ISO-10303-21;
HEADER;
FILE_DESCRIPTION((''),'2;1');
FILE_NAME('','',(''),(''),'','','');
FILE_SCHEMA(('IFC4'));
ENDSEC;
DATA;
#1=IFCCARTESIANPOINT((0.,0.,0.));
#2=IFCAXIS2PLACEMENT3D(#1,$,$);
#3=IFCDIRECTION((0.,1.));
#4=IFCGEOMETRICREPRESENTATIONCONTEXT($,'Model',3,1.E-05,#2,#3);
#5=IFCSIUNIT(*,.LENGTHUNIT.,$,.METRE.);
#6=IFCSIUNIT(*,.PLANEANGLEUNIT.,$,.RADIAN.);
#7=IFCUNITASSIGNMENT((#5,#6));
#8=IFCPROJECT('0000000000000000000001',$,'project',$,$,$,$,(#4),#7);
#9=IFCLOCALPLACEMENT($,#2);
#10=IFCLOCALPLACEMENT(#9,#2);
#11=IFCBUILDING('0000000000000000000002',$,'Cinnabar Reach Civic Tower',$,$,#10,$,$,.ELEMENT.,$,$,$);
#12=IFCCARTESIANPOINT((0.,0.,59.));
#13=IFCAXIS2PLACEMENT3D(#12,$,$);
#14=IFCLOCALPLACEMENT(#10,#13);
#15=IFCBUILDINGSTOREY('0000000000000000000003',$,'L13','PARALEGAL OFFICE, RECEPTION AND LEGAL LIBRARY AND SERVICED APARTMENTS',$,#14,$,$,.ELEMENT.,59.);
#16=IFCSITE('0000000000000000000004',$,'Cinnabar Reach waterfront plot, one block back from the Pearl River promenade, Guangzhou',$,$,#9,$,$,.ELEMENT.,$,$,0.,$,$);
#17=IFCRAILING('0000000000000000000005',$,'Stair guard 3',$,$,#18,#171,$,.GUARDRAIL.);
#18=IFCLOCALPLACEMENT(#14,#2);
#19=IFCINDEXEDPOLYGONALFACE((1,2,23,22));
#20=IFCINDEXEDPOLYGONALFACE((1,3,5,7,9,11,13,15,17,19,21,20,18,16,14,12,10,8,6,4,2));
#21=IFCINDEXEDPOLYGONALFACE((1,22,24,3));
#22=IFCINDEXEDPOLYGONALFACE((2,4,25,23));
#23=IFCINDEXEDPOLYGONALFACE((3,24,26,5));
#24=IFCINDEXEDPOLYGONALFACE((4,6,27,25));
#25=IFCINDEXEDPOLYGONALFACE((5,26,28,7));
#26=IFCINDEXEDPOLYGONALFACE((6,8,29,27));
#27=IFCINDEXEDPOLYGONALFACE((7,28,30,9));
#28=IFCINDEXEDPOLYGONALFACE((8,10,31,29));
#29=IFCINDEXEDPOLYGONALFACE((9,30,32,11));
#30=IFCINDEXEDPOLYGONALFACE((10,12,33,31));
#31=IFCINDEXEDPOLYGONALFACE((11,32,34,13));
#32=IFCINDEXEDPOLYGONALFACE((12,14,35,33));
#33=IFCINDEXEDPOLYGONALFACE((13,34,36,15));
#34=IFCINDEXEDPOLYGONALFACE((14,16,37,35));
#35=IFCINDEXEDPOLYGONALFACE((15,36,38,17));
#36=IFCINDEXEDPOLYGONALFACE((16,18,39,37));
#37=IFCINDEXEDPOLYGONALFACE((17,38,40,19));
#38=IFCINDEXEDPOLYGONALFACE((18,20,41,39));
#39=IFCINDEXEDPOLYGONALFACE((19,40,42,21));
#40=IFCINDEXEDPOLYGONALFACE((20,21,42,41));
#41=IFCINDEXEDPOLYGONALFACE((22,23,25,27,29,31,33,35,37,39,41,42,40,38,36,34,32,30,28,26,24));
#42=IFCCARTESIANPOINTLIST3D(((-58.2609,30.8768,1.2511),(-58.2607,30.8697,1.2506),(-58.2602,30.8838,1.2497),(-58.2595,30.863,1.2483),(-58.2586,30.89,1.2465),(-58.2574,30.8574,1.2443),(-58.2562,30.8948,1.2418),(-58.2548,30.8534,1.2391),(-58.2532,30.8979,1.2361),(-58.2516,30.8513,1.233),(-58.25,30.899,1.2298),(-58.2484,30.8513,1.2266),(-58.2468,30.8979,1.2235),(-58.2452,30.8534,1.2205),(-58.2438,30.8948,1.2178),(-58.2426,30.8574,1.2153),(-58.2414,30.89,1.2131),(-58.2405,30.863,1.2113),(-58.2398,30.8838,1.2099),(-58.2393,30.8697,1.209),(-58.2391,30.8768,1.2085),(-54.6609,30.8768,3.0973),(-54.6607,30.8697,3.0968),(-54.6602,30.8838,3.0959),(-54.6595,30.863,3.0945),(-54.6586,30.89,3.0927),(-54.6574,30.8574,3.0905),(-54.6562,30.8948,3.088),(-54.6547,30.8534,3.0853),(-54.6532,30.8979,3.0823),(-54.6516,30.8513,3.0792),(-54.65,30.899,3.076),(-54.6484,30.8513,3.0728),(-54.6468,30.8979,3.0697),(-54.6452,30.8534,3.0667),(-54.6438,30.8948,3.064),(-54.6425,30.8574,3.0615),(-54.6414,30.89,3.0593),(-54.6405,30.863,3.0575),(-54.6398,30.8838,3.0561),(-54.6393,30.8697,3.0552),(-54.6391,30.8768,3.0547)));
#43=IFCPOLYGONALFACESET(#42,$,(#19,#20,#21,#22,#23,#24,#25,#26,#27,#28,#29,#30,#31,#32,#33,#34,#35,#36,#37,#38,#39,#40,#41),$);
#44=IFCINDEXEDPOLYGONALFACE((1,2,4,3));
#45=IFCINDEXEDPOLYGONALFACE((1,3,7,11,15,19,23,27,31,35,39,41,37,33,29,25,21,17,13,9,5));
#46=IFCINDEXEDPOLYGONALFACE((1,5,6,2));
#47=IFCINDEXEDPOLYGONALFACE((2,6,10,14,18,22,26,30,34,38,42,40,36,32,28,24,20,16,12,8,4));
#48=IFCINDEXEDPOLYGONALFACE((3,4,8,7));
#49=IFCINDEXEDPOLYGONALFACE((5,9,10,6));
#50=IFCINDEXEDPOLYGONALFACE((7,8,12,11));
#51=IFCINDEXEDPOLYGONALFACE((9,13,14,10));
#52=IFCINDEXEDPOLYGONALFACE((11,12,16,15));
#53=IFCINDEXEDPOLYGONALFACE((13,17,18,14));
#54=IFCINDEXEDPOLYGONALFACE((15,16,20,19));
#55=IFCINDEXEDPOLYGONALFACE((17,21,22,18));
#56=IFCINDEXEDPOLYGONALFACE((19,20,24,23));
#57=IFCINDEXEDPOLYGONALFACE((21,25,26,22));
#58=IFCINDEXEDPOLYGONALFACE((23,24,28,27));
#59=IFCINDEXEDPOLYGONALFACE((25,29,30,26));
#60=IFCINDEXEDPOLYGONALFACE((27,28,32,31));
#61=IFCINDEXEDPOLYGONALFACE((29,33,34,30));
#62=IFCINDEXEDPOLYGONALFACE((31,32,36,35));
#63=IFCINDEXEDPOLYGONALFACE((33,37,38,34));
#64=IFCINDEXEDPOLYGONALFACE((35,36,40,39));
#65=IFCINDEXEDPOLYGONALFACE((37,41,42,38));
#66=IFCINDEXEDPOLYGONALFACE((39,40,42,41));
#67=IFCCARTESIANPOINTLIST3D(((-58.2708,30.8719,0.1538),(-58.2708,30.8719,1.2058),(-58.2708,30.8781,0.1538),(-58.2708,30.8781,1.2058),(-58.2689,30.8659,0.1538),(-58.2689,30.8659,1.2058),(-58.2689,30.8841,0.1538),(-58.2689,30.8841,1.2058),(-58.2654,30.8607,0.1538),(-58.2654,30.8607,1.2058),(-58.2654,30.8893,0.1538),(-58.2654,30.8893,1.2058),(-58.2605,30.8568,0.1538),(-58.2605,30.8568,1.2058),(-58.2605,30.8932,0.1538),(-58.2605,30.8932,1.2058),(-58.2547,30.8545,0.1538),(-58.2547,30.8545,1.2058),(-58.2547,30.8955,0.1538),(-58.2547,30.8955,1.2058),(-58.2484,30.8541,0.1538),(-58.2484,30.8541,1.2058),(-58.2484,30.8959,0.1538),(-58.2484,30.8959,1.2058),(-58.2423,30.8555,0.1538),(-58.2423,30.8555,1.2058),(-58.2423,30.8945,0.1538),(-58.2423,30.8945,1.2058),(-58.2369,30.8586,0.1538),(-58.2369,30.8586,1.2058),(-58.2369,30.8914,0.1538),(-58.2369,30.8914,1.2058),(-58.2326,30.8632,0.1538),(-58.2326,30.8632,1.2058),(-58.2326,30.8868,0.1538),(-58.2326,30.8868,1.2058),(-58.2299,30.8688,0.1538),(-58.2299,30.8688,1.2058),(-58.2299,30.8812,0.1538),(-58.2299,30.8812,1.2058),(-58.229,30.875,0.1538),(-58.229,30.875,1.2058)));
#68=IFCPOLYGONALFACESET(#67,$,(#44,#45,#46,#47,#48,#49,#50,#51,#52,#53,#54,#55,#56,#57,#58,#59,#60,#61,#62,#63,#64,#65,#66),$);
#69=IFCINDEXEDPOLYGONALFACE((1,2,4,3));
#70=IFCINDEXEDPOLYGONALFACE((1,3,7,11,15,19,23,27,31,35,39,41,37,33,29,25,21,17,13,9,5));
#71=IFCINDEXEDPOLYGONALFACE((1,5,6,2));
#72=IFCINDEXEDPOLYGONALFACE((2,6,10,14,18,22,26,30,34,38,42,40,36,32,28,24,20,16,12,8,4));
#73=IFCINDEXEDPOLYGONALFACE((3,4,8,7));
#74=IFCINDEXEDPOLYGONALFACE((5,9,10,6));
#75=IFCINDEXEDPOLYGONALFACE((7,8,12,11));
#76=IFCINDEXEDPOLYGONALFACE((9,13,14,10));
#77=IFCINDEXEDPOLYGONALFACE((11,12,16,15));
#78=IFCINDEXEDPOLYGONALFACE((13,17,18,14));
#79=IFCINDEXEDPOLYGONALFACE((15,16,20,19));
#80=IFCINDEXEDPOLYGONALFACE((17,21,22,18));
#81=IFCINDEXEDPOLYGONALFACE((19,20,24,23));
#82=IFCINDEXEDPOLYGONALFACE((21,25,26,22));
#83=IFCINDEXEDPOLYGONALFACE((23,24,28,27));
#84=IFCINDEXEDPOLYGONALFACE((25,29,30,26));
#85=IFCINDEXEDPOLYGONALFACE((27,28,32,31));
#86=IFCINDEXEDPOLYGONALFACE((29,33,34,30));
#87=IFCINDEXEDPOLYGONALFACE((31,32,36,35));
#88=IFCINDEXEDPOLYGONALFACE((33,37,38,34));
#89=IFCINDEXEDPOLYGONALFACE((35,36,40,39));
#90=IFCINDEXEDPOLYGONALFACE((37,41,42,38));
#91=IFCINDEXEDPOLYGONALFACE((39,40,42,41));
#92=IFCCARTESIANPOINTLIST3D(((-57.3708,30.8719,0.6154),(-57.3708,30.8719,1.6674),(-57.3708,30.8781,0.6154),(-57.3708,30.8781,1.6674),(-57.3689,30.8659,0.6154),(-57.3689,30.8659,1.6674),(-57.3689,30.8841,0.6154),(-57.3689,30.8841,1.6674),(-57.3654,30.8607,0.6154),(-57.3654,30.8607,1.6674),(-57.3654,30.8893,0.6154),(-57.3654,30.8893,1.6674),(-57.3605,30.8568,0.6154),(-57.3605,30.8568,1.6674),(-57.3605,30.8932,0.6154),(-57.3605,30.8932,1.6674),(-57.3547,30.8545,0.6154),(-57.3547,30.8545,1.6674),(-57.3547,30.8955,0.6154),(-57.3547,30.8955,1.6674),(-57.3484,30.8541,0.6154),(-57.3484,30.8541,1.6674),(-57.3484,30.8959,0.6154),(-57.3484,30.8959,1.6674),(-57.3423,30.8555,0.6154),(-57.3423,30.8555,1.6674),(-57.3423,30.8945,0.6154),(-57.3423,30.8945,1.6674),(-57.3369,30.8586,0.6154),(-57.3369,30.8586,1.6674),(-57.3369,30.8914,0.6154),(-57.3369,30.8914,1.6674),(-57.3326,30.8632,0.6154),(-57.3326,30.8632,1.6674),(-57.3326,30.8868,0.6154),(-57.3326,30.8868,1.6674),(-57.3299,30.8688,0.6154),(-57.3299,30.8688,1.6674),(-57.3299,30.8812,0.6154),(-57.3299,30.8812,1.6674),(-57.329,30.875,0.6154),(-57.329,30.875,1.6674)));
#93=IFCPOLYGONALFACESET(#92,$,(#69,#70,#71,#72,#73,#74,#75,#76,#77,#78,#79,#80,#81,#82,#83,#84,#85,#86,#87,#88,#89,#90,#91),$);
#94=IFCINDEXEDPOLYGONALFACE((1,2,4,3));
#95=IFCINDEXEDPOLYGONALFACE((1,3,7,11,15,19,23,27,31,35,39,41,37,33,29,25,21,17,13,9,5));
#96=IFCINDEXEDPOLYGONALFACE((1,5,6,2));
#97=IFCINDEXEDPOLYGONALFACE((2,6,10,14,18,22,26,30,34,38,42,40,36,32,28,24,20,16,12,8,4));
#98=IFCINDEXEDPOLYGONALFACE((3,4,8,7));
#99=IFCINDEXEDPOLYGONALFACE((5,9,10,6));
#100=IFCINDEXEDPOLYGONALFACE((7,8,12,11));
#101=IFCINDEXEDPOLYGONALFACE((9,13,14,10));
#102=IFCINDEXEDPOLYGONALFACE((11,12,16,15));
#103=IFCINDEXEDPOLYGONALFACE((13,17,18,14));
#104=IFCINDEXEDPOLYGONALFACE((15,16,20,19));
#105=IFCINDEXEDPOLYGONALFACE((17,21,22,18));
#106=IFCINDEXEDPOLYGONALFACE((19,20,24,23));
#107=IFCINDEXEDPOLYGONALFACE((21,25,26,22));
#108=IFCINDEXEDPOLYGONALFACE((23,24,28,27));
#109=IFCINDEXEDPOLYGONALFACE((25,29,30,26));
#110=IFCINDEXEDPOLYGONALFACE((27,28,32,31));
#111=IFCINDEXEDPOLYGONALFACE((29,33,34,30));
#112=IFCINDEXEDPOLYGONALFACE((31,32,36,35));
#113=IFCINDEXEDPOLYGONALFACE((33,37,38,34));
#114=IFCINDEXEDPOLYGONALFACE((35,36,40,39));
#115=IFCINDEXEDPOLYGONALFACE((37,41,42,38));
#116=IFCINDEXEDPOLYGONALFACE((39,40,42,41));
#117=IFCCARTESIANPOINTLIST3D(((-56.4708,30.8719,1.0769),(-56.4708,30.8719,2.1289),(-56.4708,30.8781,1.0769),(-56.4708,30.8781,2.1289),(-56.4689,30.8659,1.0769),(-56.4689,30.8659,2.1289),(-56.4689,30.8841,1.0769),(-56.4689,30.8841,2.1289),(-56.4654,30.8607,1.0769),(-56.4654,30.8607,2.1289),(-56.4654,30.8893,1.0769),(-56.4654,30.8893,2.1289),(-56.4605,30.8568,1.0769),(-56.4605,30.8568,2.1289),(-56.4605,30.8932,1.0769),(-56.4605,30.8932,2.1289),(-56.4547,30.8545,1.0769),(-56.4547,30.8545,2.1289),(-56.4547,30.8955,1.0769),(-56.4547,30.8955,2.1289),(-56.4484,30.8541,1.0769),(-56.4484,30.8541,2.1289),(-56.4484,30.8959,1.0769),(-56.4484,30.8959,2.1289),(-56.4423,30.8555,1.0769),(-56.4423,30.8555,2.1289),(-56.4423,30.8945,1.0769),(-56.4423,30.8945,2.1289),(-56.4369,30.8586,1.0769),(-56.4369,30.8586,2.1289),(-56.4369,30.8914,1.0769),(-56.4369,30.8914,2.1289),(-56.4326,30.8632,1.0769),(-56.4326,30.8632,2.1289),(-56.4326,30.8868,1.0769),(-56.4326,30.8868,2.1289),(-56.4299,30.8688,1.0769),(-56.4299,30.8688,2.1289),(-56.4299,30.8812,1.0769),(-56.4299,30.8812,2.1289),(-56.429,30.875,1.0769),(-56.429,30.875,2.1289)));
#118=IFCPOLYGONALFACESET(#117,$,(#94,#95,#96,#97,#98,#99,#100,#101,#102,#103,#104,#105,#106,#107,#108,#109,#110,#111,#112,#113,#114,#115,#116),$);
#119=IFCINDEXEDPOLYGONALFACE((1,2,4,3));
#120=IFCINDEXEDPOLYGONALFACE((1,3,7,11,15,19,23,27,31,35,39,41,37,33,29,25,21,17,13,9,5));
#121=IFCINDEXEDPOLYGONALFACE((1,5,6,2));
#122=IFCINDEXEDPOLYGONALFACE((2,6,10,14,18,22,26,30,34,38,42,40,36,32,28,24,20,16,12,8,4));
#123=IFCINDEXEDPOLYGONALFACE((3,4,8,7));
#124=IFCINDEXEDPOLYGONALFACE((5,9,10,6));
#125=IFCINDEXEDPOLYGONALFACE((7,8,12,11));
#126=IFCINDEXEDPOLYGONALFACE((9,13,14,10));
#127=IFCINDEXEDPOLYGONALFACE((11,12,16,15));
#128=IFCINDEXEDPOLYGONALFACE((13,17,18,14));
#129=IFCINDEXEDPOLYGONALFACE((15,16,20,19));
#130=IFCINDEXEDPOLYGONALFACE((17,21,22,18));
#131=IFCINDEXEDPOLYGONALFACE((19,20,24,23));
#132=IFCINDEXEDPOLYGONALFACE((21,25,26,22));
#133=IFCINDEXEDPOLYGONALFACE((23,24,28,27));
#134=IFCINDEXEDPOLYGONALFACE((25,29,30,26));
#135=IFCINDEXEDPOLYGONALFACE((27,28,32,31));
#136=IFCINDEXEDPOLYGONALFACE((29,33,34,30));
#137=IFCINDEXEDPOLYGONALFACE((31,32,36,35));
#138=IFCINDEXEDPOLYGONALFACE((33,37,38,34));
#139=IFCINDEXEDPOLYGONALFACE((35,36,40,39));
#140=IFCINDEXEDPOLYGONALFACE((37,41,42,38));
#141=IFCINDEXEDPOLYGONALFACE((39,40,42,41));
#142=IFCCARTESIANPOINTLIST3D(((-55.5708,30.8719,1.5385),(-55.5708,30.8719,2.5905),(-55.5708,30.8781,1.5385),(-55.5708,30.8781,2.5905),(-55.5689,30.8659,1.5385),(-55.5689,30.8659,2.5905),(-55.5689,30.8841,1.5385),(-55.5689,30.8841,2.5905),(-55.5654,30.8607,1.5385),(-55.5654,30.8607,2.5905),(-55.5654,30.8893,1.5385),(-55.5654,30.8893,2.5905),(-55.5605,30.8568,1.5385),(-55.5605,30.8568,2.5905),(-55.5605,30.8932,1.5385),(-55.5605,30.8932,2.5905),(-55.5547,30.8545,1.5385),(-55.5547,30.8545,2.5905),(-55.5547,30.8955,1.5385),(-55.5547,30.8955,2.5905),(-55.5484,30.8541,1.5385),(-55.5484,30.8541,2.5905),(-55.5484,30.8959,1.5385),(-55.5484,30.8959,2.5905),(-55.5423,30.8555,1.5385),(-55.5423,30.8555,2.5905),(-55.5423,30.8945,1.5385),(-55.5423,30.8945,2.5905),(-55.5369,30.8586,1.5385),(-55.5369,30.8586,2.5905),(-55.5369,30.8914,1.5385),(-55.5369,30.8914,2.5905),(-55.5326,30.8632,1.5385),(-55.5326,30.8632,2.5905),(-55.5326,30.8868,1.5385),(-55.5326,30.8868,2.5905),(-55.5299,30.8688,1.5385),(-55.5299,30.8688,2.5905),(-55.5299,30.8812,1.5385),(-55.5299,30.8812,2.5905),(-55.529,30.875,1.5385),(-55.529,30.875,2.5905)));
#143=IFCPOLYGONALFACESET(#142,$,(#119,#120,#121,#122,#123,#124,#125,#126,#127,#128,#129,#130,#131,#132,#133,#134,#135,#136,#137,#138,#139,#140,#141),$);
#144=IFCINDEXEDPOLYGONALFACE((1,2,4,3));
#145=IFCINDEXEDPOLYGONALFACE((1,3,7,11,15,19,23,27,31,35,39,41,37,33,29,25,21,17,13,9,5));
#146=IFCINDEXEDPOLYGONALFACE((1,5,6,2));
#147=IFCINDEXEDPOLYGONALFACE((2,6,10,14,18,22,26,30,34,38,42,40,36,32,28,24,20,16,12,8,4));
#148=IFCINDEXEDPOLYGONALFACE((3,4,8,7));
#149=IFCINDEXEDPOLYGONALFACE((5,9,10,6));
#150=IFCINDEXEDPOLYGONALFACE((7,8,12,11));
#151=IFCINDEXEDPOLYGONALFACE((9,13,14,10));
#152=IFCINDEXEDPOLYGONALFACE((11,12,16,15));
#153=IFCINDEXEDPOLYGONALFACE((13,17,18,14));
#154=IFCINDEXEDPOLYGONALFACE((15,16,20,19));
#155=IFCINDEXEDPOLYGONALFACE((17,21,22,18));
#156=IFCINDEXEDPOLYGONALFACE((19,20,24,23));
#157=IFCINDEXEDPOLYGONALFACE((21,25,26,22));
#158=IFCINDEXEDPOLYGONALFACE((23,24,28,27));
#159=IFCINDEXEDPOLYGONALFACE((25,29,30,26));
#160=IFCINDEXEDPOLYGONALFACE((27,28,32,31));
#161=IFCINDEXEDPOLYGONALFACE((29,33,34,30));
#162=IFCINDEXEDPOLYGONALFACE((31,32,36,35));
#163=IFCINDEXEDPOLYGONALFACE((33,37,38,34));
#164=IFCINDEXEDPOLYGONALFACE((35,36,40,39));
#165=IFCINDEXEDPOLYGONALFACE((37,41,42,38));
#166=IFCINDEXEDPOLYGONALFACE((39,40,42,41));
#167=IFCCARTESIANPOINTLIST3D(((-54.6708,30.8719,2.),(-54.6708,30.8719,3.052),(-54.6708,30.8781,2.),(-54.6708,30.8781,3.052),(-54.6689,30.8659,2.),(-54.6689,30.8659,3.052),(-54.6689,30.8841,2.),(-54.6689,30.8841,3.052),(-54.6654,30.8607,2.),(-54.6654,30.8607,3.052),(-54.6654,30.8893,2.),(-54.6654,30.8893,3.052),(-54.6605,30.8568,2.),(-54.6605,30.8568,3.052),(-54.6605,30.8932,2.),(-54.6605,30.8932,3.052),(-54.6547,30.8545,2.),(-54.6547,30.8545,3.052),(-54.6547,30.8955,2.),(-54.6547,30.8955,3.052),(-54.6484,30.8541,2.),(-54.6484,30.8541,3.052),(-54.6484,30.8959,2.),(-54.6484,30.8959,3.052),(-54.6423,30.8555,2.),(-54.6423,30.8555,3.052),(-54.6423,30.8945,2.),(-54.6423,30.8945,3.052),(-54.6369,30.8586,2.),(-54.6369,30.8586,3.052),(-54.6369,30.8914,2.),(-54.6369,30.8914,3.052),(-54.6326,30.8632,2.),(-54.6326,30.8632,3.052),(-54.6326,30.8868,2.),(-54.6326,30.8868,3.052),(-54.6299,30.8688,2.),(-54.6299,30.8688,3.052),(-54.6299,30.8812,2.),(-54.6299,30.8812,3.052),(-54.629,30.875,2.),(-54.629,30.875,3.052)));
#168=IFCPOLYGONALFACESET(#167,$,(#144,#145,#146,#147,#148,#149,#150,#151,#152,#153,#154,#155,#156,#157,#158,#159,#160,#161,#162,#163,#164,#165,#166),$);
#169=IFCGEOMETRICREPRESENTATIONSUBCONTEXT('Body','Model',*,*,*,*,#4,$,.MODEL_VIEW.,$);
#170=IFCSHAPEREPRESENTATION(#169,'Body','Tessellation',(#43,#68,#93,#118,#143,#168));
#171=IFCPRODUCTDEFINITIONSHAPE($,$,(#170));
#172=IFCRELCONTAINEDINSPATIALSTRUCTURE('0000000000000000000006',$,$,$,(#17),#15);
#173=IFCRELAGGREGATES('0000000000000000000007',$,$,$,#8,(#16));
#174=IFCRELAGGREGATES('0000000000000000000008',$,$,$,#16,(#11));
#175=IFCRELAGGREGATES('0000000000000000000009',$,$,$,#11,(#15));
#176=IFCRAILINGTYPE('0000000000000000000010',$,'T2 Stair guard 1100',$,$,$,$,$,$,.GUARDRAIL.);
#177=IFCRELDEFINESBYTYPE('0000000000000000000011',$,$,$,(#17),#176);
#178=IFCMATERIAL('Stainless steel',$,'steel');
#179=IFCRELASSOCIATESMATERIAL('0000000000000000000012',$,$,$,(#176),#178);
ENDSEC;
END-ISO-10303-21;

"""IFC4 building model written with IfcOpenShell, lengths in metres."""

from ifc_helpers import new_model, si_unit, direction, frame, origin, origin_2d, place, context, subcontext, project, spatial, circle, extrude, material, type_object, element, save


model = new_model("IFC4")

# Units and contexts
model_context = context("Model", 3, precision=1e-05, world=origin(), true_north=direction((0.0, 1.0)))
body_context = subcontext(model_context, "Body", "Model", "MODEL_VIEW")
ifc_project = project(units=[si_unit("LENGTHUNIT", "METRE"), si_unit("PLANEANGLEUNIT", "RADIAN")], contexts=[model_context])

# Site, building, storey
site_placement = place(None, origin())
site = spatial("IfcSite", under=ifc_project, at=site_placement, Name="Cinnabar Reach waterfront plot, one block back from the Pearl River promenade, Guangzhou", CompositionType="ELEMENT", RefElevation=0.0)
building_placement = place(site_placement, origin())
building = spatial("IfcBuilding", under=site, at=building_placement, Name="Cinnabar Reach Civic Tower", CompositionType="ELEMENT")
storey_placement = place(building_placement, frame((0.0, 0.0, 59.0)))
storey = spatial("IfcBuildingStorey", under=building, at=storey_placement, Name="L13", Description="PARALEGAL OFFICE, RECEPTION AND LEGAL LIBRARY AND SERVICED APARTMENTS", CompositionType="ELEMENT", Elevation=59.0)

# Railing
ifc_material_1 = material(Name="Stainless steel", Category="steel")
railing_type = type_object("IfcRailingType", Name="T2 Stair guard 1100", PredefinedType="GUARDRAIL", material=ifc_material_1)
railing_1_placement = place(storey_placement, frame((-58.25, 30.875, 0.1538)))
element("IfcRailing", 1, at=railing_1_placement, inside=storey, type_object=railing_type, Name="Stair guard 3", PredefinedType="GUARDRAIL", context=body_context, shape_type="SweptSolid", body=[
    extrude(circle(Radius=0.024, at=origin_2d()), frame((0.0, 0.0, 1.076), z_axis=(0.889813, 0.0, 0.456326), x_axis=(0.0, 1.0, 0.0)), (0.0, 0.0, 1.0), 4.0458),
    extrude(circle(Radius=0.021, at=origin_2d()), origin(), (0.0, 0.0, 1.0), 1.052),
    extrude(circle(Radius=0.021, at=origin_2d()), frame((0.9, 0.0, 0.4616)), (0.0, 0.0, 1.0), 1.052),
    extrude(circle(Radius=0.021, at=origin_2d()), frame((1.8, 0.0, 0.9231)), (0.0, 0.0, 1.0), 1.052),
    extrude(circle(Radius=0.021, at=origin_2d()), frame((2.7, 0.0, 1.3847)), (0.0, 0.0, 1.0), 1.052),
    extrude(circle(Radius=0.021, at=origin_2d()), frame((3.6, 0.0, 1.8462)), (0.0, 0.0, 1.0), 1.052),
])

save(model, "model.ifc")
